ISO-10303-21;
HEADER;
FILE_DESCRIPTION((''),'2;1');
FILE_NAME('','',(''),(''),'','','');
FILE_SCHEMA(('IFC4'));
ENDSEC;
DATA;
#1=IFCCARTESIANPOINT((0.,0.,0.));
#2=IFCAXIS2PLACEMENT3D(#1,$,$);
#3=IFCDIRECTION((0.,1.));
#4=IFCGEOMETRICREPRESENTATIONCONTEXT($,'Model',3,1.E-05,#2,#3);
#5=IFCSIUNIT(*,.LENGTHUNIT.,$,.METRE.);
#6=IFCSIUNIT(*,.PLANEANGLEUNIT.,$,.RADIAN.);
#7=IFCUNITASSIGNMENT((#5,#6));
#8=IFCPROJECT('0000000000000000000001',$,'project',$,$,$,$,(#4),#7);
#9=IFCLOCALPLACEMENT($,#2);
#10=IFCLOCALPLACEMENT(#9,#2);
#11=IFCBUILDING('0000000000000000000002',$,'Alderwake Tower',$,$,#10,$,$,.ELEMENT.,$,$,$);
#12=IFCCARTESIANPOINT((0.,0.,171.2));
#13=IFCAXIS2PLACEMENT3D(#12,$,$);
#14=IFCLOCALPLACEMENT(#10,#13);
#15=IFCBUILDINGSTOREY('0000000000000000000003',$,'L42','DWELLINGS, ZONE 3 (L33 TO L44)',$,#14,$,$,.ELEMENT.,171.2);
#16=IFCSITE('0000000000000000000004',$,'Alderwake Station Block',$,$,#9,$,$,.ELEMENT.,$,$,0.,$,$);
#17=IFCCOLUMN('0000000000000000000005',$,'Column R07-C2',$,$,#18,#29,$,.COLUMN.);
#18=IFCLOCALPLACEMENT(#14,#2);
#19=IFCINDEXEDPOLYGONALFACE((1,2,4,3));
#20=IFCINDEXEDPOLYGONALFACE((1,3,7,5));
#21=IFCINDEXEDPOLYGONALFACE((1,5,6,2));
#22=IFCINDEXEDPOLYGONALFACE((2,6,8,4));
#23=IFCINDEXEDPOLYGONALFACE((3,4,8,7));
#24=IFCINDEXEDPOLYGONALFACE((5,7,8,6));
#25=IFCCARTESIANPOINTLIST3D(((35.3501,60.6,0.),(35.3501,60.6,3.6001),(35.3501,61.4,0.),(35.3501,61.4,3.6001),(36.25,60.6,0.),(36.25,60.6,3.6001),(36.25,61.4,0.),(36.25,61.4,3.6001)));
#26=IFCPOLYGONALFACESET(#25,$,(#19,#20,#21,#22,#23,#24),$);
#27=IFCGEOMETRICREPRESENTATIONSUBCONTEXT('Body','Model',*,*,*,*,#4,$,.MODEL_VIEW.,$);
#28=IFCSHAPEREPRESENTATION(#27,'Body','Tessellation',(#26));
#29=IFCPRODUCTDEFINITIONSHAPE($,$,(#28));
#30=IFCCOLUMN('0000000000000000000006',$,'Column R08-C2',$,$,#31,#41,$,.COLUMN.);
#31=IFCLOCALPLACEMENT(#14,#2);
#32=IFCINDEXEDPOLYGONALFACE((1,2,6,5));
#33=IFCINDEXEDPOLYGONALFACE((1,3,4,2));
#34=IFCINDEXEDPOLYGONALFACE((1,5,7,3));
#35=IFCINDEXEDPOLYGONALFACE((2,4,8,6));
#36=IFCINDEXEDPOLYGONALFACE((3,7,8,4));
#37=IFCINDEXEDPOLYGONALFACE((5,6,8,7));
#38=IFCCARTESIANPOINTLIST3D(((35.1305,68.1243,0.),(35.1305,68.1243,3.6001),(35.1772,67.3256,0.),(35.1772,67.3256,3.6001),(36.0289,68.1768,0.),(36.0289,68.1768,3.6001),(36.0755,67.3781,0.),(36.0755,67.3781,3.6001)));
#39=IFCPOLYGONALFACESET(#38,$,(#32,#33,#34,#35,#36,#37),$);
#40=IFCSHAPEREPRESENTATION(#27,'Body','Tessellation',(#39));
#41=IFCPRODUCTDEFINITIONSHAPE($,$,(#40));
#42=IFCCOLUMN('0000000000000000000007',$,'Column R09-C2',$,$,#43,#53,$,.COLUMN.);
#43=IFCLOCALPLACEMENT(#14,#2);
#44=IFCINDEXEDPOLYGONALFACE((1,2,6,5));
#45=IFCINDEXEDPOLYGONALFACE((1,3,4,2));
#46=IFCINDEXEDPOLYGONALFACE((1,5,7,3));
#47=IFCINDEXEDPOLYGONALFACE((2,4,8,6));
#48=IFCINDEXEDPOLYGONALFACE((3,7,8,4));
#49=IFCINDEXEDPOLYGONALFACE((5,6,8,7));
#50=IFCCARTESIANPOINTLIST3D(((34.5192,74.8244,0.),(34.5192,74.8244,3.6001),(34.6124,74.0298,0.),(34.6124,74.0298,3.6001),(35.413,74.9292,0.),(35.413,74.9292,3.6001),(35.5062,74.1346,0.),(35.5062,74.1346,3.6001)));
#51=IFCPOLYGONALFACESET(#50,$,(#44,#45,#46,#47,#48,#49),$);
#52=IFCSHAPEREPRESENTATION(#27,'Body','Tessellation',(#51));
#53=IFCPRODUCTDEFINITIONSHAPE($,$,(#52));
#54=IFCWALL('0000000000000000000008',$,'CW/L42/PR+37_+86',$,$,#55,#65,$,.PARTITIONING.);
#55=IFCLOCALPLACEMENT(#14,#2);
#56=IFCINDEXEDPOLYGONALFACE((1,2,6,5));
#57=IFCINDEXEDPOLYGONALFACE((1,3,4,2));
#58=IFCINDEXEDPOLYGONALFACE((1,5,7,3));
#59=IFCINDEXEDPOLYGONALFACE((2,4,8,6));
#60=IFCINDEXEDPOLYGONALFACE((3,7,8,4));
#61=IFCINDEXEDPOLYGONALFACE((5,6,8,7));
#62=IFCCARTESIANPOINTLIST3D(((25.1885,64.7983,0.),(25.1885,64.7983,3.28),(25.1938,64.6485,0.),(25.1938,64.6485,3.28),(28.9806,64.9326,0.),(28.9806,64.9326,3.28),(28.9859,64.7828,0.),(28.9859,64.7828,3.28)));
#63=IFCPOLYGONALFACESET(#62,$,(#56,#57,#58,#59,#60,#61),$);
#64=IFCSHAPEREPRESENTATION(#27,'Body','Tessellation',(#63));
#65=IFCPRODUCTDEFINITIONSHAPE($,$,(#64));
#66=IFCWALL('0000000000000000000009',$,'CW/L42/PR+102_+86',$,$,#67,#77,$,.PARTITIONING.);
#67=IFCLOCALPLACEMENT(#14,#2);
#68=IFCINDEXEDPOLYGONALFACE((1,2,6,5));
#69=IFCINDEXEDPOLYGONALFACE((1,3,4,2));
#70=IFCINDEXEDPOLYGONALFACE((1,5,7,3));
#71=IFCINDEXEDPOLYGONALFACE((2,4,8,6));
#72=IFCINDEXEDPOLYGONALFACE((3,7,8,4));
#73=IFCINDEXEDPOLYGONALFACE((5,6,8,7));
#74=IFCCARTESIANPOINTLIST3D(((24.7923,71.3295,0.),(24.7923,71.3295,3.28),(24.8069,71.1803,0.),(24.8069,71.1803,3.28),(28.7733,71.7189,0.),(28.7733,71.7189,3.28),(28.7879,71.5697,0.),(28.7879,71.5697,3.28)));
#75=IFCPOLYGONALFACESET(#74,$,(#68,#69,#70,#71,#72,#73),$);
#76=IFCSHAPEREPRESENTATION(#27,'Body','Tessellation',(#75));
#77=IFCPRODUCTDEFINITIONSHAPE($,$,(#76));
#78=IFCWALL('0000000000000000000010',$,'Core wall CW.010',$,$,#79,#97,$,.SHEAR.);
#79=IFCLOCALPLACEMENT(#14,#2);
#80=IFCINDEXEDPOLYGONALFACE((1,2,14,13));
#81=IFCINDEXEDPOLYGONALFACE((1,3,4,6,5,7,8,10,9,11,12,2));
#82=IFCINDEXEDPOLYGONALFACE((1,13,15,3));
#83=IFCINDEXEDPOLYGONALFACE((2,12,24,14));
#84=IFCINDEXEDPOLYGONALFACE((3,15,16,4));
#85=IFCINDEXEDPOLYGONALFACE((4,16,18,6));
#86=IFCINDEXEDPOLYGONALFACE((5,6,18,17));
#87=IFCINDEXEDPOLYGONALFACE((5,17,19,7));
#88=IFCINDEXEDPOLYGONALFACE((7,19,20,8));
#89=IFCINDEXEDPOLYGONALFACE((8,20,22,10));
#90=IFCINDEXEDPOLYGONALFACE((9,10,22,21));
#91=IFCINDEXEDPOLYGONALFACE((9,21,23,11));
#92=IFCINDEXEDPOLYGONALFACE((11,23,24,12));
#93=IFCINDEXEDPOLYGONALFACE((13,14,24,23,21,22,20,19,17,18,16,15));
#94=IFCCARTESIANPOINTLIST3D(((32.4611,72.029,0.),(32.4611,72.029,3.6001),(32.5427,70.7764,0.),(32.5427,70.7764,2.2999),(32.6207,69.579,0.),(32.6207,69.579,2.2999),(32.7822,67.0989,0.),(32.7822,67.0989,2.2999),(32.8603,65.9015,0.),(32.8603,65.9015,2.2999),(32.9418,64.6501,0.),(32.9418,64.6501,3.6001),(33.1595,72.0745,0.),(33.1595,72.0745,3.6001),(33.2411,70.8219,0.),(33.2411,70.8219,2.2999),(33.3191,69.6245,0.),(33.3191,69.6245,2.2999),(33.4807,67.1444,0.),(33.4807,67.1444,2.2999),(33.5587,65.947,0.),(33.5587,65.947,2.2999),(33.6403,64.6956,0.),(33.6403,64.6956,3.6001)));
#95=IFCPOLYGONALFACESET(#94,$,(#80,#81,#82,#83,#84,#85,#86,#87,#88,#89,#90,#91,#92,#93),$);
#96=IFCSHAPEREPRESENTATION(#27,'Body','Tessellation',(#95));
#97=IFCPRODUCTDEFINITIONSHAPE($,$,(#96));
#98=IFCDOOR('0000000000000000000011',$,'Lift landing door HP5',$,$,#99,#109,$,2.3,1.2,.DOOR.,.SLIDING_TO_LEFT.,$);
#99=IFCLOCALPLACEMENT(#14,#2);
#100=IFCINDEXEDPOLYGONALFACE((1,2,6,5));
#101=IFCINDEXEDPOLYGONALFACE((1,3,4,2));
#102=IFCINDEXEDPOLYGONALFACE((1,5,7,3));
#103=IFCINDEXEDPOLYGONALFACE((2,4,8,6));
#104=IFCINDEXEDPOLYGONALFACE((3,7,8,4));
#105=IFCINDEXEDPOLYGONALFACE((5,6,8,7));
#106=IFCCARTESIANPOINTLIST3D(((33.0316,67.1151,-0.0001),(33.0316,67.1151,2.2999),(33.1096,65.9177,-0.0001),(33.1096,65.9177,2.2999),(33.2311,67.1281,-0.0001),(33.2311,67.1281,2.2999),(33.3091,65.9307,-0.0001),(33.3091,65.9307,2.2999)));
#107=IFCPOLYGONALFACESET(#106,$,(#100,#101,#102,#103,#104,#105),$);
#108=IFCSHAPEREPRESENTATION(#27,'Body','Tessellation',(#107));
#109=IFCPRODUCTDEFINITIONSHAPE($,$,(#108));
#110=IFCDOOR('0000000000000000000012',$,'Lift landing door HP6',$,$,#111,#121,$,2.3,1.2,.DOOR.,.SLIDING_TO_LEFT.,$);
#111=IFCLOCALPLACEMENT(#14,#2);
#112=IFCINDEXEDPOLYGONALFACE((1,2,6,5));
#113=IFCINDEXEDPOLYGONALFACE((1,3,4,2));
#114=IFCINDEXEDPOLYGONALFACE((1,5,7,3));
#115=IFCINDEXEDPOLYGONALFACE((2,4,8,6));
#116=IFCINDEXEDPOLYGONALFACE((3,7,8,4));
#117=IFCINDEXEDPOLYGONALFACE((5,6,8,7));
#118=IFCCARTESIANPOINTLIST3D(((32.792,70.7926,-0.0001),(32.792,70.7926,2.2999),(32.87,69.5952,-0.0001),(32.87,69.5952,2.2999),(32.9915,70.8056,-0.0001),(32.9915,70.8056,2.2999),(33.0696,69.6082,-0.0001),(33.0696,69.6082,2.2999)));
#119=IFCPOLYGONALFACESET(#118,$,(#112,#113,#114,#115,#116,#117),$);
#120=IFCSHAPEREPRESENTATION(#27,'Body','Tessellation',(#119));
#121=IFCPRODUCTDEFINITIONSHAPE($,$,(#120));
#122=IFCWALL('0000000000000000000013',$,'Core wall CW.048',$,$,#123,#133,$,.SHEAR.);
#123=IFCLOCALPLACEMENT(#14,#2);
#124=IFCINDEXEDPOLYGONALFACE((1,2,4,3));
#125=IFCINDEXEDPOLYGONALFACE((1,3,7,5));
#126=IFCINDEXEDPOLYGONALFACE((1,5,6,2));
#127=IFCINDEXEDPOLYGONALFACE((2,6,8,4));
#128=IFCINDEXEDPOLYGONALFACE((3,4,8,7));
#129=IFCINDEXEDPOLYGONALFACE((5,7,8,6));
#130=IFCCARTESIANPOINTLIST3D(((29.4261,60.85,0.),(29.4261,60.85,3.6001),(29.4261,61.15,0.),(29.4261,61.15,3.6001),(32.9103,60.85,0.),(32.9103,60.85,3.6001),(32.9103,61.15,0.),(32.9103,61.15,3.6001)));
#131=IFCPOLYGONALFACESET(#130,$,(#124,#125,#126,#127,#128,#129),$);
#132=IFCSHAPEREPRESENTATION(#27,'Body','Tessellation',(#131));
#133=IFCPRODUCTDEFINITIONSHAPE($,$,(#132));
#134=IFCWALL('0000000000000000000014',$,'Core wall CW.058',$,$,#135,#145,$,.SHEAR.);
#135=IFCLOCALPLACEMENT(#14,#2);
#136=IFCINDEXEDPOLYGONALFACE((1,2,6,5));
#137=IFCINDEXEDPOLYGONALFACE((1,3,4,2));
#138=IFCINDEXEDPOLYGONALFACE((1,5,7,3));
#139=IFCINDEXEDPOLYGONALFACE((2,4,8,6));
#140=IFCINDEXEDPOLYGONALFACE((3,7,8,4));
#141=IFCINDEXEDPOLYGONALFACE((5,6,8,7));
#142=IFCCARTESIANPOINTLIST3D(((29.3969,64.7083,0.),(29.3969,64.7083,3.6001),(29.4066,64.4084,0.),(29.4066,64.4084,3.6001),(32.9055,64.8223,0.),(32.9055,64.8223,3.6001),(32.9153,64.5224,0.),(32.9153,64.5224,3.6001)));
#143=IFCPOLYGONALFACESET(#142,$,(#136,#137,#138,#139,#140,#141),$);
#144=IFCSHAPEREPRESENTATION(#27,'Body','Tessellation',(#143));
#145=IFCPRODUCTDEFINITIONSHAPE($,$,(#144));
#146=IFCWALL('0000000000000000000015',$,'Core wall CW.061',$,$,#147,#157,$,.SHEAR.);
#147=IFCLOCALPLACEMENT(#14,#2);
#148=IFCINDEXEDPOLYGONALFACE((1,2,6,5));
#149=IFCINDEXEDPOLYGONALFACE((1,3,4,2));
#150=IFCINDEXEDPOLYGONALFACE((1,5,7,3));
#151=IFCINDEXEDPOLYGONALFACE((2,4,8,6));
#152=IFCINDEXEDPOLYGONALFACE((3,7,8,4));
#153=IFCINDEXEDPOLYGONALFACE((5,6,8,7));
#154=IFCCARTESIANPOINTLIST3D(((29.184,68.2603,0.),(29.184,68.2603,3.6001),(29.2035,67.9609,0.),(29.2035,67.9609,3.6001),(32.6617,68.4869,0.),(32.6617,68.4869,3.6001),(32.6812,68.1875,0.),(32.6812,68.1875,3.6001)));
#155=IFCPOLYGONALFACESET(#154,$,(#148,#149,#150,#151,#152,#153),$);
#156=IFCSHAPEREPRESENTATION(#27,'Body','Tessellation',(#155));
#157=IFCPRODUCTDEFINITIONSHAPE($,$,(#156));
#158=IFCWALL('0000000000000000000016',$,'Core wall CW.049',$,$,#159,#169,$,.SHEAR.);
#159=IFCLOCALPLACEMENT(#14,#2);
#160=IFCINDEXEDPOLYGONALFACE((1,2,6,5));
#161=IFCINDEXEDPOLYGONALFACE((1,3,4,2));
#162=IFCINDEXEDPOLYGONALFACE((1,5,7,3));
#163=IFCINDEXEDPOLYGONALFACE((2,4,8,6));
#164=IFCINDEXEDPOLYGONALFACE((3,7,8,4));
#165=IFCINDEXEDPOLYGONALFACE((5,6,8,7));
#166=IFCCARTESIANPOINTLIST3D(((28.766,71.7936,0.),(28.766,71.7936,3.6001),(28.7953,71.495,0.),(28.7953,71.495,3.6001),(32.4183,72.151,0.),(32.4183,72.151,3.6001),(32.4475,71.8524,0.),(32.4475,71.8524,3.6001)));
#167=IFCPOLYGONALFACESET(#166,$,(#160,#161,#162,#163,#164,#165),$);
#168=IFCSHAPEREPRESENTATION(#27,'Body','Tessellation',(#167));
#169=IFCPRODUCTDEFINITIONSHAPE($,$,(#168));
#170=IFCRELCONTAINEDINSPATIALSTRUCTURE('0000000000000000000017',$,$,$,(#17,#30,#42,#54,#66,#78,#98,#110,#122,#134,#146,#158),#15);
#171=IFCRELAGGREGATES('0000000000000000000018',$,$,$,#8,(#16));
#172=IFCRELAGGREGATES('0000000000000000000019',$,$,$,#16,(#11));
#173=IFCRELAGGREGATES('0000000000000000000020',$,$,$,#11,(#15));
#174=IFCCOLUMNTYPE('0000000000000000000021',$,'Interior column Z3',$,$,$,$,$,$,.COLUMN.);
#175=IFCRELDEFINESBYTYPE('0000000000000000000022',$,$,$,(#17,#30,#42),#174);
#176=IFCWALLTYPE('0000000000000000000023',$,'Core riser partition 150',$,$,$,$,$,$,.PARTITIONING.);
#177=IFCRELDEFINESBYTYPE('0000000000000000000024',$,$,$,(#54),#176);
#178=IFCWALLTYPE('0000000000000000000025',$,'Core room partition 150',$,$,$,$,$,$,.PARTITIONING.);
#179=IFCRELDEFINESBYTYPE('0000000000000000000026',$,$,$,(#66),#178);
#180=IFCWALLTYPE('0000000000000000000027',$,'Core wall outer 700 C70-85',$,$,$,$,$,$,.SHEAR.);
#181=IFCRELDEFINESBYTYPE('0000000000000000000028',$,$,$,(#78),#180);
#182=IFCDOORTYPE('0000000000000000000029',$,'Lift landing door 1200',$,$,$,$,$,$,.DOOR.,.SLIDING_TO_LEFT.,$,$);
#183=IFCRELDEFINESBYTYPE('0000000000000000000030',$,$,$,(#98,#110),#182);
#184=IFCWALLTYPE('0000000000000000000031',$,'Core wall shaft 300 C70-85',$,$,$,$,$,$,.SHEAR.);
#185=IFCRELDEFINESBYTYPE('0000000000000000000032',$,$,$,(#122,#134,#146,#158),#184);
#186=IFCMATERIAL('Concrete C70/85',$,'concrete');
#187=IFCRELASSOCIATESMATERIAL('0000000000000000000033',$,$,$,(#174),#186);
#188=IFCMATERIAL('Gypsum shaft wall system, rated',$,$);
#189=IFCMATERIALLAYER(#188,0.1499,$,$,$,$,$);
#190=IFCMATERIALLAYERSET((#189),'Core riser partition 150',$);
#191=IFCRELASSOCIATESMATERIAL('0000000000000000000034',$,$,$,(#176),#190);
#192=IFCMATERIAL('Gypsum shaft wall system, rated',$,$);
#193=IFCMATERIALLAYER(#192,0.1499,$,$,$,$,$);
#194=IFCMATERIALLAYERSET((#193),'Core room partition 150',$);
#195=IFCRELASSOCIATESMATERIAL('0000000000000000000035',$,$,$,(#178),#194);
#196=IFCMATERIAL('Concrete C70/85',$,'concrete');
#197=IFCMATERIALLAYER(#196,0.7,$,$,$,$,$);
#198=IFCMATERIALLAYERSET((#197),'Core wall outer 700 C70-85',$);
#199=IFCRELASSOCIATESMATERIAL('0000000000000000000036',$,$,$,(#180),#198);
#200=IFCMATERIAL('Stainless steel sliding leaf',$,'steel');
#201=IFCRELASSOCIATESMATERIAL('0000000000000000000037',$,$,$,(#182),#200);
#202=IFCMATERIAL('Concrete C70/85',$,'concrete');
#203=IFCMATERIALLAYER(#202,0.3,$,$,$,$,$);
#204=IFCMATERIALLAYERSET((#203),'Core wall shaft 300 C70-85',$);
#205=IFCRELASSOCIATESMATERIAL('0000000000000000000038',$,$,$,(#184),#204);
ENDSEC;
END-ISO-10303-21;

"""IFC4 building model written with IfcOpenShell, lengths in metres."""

from ifc_helpers import new_model, si_unit, direction, frame, frame_2d, origin, origin_2d, place, context, subcontext, project, spatial, rectangle, extrude, material, layer, layer_set, material_profile, profile_set, type_object, element, fill, save


model = new_model("IFC4")

# Units and contexts
model_context = context("Model", 3, precision=1e-05, world=origin(), true_north=direction((0.0, 1.0)))
body_context = subcontext(model_context, "Body", "Model", "MODEL_VIEW")
ifc_project = project(units=[si_unit("LENGTHUNIT", "METRE"), si_unit("PLANEANGLEUNIT", "RADIAN")], contexts=[model_context])

# Site, building, storey
site_placement = place(None, origin())
site = spatial("IfcSite", under=ifc_project, at=site_placement, Name="Alderwake Station Block", CompositionType="ELEMENT", RefElevation=0.0)
building_placement = place(site_placement, origin())
building = spatial("IfcBuilding", under=site, at=building_placement, Name="Alderwake Tower", CompositionType="ELEMENT")
storey_placement = place(building_placement, frame((0.0, 0.0, 171.2)))
storey = spatial("IfcBuildingStorey", under=building, at=storey_placement, Name="L42", Description="DWELLINGS, ZONE 3 (L33 TO L44)", CompositionType="ELEMENT", Elevation=171.2)

# Columns
ifc_material_1 = material(Name="Concrete C70/85", Category="concrete")
ifc_material_profile = material_profile(ifc_material_1, rectangle(XDim=0.8, YDim=0.8999, at=origin_2d()), Name="RC 900X800")
ifc_profile_set = profile_set([ifc_material_profile], Name="Concrete C70/85")
column_type = type_object("IfcColumnType", Name="Interior column Z3", PredefinedType="COLUMN", material=ifc_profile_set)
for number, where, z_axis, x_axis, name in (
    (1, (35.8, 61.0, 0.0), (0.0, 0.0, 1.0), (0.0, 1.0, 0.0), "Column R07-C2"),
    (2, (35.603, 67.7512, 0.0), (0.0, 0.0, 1.0), (-0.058301, 0.998299, 0.0), "Column R08-C2"),
    (3, (35.0127, 74.4795, 0.0), (0.0, 0.0, 1.0), (-0.116402, 0.993202, 0.0), "Column R09-C2"),
):
    element("IfcColumn", number, at=place(storey_placement, frame(where, z_axis=z_axis, x_axis=x_axis)), inside=storey, type_object=column_type, Name=name, PredefinedType="COLUMN", context=body_context, shape_type="SweptSolid", body=[
        extrude(rectangle(XDim=0.8, YDim=0.8999, at=origin_2d()), origin(), (0.0, 0.0, 1.0), 3.6001),
    ])

# Walls
ifc_material_2 = material(Name="Gypsum shaft wall system, rated")
ifc_layer_1 = layer(ifc_material_2, 0.1499)
ifc_layer_set_1 = layer_set([ifc_layer_1], Name="Core riser partition 150")
wall_type_1 = type_object("IfcWallType", Name="Core riser partition 150", PredefinedType="PARTITIONING", material=ifc_layer_set_1)
wall_1_placement = place(storey_placement, frame((25.1912, 64.7234, 0.0), z_axis=(0.0, 0.0, 1.0), x_axis=(0.999374, 0.035389, 0.0)))
element("IfcWall", 4, at=wall_1_placement, inside=storey, type_object=wall_type_1, Name="CW/L42/PR+37_+86", PredefinedType="PARTITIONING", context=body_context, shape_type="SweptSolid", body=[
    extrude(rectangle(XDim=3.7944, YDim=0.1499, at=frame_2d((1.8972, 0.0))), origin(), (0.0, 0.0, 1.0), 3.28),
])
ifc_material_3 = material(Name="Gypsum shaft wall system, rated")
ifc_layer_2 = layer(ifc_material_3, 0.1499)
ifc_layer_set_2 = layer_set([ifc_layer_2], Name="Core room partition 150")
wall_type_2 = type_object("IfcWallType", Name="Core room partition 150", PredefinedType="PARTITIONING", material=ifc_layer_set_2)
wall_2_placement = place(storey_placement, frame((24.7996, 71.2549, 0.0), z_axis=(0.0, 0.0, 1.0), x_axis=(0.99525, 0.097352, 0.0)))
element("IfcWall", 5, at=wall_2_placement, inside=storey, type_object=wall_type_2, Name="CW/L42/PR+102_+86", PredefinedType="PARTITIONING", context=body_context, shape_type="SweptSolid", body=[
    extrude(rectangle(XDim=4.0, YDim=0.1499, at=frame_2d((2.0, 0.0))), origin(), (0.0, 0.0, 1.0), 3.28),
])

# Wall, openings, doors
ifc_material_4 = material(Name="Concrete C70/85", Category="concrete")
ifc_layer_3 = layer(ifc_material_4, 0.7)
ifc_layer_set_3 = layer_set([ifc_layer_3], Name="Core wall outer 700 C70-85")
wall_type_3 = type_object("IfcWallType", Name="Core wall outer 700 C70-85", PredefinedType="SHEAR", material=ifc_layer_set_3)
wall_3_placement = place(storey_placement, frame((33.291, 64.6729, 0.0), z_axis=(0.0, 0.0, 1.0), x_axis=(-0.065009, 0.997885, 0.0)))
wall_3 = element("IfcWall", 6, at=wall_3_placement, inside=storey, type_object=wall_type_3, Name="Core wall CW.010", PredefinedType="SHEAR", context=body_context, shape_type="SweptSolid", body=[
    extrude(rectangle(XDim=7.3945, YDim=0.7, at=frame_2d((3.6973, 0.0))), origin(), (0.0, 0.0, 1.0), 3.6001),
])
opening_1_placement = place(wall_3_placement, frame((1.2539, 0.0, 0.0)))
opening_1 = element("IfcOpeningElement", 7, at=opening_1_placement, cuts=wall_3, PredefinedType="OPENING", context=body_context, shape_type="SweptSolid", body=[
    extrude(rectangle(XDim=1.2, YDim=2.3, at=frame_2d((0.6001, 1.1499))), frame((0.0, 0.3599, 0.0), z_axis=(0.0, -1.0, 0.0), x_axis=(1.0, 0.0, 0.0)), (0.0, 0.0, 1.0), 0.72),
])
opening_2_placement = place(wall_3_placement, frame((4.9392, 0.0, 0.0)))
opening_2 = element("IfcOpeningElement", 8, at=opening_2_placement, cuts=wall_3, PredefinedType="OPENING", context=body_context, shape_type="SweptSolid", body=[
    extrude(rectangle(XDim=1.2, YDim=2.3, at=frame_2d((0.6001, 1.1499))), frame((0.0, 0.3599, 0.0), z_axis=(0.0, -1.0, 0.0), x_axis=(1.0, 0.0, 0.0)), (0.0, 0.0, 1.0), 0.72),
])
ifc_material_5 = material(Name="Stainless steel sliding leaf", Category="steel")
door_type_1 = type_object("IfcDoorType", Name="Lift landing door 1200", OperationType="SLIDING_TO_LEFT", PredefinedType="DOOR", material=ifc_material_5)
door_1_placement = place(opening_1_placement, origin())
door_1 = element("IfcDoor", 9, at=door_1_placement, inside=storey, type_object=door_type_1, Name="Lift landing door HP5", OperationType="SLIDING_TO_LEFT", OverallHeight=2.3, OverallWidth=1.2, PredefinedType="DOOR", context=body_context, shape_type="SweptSolid", body=[
    extrude(rectangle(XDim=1.2, YDim=2.3, at=frame_2d((0.6001, 1.1499))), frame((0.0, 0.1001, 0.0), z_axis=(0.0, -1.0, 0.0), x_axis=(1.0, 0.0, 0.0)), (0.0, 0.0, 1.0), 0.2),
])
fill(opening_1, door_1)
door_2_placement = place(opening_2_placement, origin())
door_2 = element("IfcDoor", 10, at=door_2_placement, inside=storey, type_object=door_type_1, Name="Lift landing door HP6", OperationType="SLIDING_TO_LEFT", OverallHeight=2.3, OverallWidth=1.2, PredefinedType="DOOR", context=body_context, shape_type="SweptSolid", body=[
    extrude(rectangle(XDim=1.2, YDim=2.3, at=frame_2d((0.6001, 1.1499))), frame((0.0, 0.1001, 0.0), z_axis=(0.0, -1.0, 0.0), x_axis=(1.0, 0.0, 0.0)), (0.0, 0.0, 1.0), 0.2),
])
fill(opening_2, door_2)

# Walls
ifc_material_6 = material(Name="Concrete C70/85", Category="concrete")
ifc_layer_4 = layer(ifc_material_6, 0.3)
ifc_layer_set_4 = layer_set([ifc_layer_4], Name="Core wall shaft 300 C70-85")
wall_type_4 = type_object("IfcWallType", Name="Core wall shaft 300 C70-85", PredefinedType="SHEAR", material=ifc_layer_set_4)
wall_4_placement = place(storey_placement, frame((29.426, 61.0, 0.0), z_axis=(0.0, 0.0, 1.0), x_axis=(1.0, 0.0, 0.0)))
element("IfcWall", 11, at=wall_4_placement, inside=storey, type_object=wall_type_4, Name="Core wall CW.048", PredefinedType="SHEAR", context=body_context, shape_type="SweptSolid", body=[
    extrude(rectangle(XDim=3.4841, YDim=0.3, at=frame_2d((1.7422, 0.0))), origin(), (0.0, 0.0, 1.0), 3.6001),
])
wall_5_placement = place(storey_placement, frame((29.4016, 64.5583, 0.0), z_axis=(0.0, 0.0, 1.0), x_axis=(0.999472, 0.032479, 0.0)))
element("IfcWall", 12, at=wall_5_placement, inside=storey, type_object=wall_type_4, Name="Core wall CW.058", PredefinedType="SHEAR", context=body_context, shape_type="SweptSolid", body=[
    extrude(rectangle(XDim=3.5105, YDim=0.3, at=frame_2d((1.7554, 0.0))), origin(), (0.0, 0.0, 1.0), 3.6001),
])
wall_6_placement = place(storey_placement, frame((29.1936, 68.1106, 0.0), z_axis=(0.0, 0.0, 1.0), x_axis=(0.997885, 0.065008, 0.0)))
element("IfcWall", 13, at=wall_6_placement, inside=storey, type_object=wall_type_4, Name="Core wall CW.061", PredefinedType="SHEAR", context=body_context, shape_type="SweptSolid", body=[
    extrude(rectangle(XDim=3.4851, YDim=0.3, at=frame_2d((1.7427, 0.0))), origin(), (0.0, 0.0, 1.0), 3.6001),
])
wall_7_placement = place(storey_placement, frame((28.7805, 71.6443, 0.0), z_axis=(0.0, 0.0, 1.0), x_axis=(0.995246, 0.097396, 0.0)))
element("IfcWall", 14, at=wall_7_placement, inside=storey, type_object=wall_type_4, Name="Core wall CW.049", PredefinedType="SHEAR", context=body_context, shape_type="SweptSolid", body=[
    extrude(rectangle(XDim=3.6697, YDim=0.3, at=frame_2d((1.835, 0.0))), origin(), (0.0, 0.0, 1.0), 3.6001),
])

save(model, "model.ifc")
